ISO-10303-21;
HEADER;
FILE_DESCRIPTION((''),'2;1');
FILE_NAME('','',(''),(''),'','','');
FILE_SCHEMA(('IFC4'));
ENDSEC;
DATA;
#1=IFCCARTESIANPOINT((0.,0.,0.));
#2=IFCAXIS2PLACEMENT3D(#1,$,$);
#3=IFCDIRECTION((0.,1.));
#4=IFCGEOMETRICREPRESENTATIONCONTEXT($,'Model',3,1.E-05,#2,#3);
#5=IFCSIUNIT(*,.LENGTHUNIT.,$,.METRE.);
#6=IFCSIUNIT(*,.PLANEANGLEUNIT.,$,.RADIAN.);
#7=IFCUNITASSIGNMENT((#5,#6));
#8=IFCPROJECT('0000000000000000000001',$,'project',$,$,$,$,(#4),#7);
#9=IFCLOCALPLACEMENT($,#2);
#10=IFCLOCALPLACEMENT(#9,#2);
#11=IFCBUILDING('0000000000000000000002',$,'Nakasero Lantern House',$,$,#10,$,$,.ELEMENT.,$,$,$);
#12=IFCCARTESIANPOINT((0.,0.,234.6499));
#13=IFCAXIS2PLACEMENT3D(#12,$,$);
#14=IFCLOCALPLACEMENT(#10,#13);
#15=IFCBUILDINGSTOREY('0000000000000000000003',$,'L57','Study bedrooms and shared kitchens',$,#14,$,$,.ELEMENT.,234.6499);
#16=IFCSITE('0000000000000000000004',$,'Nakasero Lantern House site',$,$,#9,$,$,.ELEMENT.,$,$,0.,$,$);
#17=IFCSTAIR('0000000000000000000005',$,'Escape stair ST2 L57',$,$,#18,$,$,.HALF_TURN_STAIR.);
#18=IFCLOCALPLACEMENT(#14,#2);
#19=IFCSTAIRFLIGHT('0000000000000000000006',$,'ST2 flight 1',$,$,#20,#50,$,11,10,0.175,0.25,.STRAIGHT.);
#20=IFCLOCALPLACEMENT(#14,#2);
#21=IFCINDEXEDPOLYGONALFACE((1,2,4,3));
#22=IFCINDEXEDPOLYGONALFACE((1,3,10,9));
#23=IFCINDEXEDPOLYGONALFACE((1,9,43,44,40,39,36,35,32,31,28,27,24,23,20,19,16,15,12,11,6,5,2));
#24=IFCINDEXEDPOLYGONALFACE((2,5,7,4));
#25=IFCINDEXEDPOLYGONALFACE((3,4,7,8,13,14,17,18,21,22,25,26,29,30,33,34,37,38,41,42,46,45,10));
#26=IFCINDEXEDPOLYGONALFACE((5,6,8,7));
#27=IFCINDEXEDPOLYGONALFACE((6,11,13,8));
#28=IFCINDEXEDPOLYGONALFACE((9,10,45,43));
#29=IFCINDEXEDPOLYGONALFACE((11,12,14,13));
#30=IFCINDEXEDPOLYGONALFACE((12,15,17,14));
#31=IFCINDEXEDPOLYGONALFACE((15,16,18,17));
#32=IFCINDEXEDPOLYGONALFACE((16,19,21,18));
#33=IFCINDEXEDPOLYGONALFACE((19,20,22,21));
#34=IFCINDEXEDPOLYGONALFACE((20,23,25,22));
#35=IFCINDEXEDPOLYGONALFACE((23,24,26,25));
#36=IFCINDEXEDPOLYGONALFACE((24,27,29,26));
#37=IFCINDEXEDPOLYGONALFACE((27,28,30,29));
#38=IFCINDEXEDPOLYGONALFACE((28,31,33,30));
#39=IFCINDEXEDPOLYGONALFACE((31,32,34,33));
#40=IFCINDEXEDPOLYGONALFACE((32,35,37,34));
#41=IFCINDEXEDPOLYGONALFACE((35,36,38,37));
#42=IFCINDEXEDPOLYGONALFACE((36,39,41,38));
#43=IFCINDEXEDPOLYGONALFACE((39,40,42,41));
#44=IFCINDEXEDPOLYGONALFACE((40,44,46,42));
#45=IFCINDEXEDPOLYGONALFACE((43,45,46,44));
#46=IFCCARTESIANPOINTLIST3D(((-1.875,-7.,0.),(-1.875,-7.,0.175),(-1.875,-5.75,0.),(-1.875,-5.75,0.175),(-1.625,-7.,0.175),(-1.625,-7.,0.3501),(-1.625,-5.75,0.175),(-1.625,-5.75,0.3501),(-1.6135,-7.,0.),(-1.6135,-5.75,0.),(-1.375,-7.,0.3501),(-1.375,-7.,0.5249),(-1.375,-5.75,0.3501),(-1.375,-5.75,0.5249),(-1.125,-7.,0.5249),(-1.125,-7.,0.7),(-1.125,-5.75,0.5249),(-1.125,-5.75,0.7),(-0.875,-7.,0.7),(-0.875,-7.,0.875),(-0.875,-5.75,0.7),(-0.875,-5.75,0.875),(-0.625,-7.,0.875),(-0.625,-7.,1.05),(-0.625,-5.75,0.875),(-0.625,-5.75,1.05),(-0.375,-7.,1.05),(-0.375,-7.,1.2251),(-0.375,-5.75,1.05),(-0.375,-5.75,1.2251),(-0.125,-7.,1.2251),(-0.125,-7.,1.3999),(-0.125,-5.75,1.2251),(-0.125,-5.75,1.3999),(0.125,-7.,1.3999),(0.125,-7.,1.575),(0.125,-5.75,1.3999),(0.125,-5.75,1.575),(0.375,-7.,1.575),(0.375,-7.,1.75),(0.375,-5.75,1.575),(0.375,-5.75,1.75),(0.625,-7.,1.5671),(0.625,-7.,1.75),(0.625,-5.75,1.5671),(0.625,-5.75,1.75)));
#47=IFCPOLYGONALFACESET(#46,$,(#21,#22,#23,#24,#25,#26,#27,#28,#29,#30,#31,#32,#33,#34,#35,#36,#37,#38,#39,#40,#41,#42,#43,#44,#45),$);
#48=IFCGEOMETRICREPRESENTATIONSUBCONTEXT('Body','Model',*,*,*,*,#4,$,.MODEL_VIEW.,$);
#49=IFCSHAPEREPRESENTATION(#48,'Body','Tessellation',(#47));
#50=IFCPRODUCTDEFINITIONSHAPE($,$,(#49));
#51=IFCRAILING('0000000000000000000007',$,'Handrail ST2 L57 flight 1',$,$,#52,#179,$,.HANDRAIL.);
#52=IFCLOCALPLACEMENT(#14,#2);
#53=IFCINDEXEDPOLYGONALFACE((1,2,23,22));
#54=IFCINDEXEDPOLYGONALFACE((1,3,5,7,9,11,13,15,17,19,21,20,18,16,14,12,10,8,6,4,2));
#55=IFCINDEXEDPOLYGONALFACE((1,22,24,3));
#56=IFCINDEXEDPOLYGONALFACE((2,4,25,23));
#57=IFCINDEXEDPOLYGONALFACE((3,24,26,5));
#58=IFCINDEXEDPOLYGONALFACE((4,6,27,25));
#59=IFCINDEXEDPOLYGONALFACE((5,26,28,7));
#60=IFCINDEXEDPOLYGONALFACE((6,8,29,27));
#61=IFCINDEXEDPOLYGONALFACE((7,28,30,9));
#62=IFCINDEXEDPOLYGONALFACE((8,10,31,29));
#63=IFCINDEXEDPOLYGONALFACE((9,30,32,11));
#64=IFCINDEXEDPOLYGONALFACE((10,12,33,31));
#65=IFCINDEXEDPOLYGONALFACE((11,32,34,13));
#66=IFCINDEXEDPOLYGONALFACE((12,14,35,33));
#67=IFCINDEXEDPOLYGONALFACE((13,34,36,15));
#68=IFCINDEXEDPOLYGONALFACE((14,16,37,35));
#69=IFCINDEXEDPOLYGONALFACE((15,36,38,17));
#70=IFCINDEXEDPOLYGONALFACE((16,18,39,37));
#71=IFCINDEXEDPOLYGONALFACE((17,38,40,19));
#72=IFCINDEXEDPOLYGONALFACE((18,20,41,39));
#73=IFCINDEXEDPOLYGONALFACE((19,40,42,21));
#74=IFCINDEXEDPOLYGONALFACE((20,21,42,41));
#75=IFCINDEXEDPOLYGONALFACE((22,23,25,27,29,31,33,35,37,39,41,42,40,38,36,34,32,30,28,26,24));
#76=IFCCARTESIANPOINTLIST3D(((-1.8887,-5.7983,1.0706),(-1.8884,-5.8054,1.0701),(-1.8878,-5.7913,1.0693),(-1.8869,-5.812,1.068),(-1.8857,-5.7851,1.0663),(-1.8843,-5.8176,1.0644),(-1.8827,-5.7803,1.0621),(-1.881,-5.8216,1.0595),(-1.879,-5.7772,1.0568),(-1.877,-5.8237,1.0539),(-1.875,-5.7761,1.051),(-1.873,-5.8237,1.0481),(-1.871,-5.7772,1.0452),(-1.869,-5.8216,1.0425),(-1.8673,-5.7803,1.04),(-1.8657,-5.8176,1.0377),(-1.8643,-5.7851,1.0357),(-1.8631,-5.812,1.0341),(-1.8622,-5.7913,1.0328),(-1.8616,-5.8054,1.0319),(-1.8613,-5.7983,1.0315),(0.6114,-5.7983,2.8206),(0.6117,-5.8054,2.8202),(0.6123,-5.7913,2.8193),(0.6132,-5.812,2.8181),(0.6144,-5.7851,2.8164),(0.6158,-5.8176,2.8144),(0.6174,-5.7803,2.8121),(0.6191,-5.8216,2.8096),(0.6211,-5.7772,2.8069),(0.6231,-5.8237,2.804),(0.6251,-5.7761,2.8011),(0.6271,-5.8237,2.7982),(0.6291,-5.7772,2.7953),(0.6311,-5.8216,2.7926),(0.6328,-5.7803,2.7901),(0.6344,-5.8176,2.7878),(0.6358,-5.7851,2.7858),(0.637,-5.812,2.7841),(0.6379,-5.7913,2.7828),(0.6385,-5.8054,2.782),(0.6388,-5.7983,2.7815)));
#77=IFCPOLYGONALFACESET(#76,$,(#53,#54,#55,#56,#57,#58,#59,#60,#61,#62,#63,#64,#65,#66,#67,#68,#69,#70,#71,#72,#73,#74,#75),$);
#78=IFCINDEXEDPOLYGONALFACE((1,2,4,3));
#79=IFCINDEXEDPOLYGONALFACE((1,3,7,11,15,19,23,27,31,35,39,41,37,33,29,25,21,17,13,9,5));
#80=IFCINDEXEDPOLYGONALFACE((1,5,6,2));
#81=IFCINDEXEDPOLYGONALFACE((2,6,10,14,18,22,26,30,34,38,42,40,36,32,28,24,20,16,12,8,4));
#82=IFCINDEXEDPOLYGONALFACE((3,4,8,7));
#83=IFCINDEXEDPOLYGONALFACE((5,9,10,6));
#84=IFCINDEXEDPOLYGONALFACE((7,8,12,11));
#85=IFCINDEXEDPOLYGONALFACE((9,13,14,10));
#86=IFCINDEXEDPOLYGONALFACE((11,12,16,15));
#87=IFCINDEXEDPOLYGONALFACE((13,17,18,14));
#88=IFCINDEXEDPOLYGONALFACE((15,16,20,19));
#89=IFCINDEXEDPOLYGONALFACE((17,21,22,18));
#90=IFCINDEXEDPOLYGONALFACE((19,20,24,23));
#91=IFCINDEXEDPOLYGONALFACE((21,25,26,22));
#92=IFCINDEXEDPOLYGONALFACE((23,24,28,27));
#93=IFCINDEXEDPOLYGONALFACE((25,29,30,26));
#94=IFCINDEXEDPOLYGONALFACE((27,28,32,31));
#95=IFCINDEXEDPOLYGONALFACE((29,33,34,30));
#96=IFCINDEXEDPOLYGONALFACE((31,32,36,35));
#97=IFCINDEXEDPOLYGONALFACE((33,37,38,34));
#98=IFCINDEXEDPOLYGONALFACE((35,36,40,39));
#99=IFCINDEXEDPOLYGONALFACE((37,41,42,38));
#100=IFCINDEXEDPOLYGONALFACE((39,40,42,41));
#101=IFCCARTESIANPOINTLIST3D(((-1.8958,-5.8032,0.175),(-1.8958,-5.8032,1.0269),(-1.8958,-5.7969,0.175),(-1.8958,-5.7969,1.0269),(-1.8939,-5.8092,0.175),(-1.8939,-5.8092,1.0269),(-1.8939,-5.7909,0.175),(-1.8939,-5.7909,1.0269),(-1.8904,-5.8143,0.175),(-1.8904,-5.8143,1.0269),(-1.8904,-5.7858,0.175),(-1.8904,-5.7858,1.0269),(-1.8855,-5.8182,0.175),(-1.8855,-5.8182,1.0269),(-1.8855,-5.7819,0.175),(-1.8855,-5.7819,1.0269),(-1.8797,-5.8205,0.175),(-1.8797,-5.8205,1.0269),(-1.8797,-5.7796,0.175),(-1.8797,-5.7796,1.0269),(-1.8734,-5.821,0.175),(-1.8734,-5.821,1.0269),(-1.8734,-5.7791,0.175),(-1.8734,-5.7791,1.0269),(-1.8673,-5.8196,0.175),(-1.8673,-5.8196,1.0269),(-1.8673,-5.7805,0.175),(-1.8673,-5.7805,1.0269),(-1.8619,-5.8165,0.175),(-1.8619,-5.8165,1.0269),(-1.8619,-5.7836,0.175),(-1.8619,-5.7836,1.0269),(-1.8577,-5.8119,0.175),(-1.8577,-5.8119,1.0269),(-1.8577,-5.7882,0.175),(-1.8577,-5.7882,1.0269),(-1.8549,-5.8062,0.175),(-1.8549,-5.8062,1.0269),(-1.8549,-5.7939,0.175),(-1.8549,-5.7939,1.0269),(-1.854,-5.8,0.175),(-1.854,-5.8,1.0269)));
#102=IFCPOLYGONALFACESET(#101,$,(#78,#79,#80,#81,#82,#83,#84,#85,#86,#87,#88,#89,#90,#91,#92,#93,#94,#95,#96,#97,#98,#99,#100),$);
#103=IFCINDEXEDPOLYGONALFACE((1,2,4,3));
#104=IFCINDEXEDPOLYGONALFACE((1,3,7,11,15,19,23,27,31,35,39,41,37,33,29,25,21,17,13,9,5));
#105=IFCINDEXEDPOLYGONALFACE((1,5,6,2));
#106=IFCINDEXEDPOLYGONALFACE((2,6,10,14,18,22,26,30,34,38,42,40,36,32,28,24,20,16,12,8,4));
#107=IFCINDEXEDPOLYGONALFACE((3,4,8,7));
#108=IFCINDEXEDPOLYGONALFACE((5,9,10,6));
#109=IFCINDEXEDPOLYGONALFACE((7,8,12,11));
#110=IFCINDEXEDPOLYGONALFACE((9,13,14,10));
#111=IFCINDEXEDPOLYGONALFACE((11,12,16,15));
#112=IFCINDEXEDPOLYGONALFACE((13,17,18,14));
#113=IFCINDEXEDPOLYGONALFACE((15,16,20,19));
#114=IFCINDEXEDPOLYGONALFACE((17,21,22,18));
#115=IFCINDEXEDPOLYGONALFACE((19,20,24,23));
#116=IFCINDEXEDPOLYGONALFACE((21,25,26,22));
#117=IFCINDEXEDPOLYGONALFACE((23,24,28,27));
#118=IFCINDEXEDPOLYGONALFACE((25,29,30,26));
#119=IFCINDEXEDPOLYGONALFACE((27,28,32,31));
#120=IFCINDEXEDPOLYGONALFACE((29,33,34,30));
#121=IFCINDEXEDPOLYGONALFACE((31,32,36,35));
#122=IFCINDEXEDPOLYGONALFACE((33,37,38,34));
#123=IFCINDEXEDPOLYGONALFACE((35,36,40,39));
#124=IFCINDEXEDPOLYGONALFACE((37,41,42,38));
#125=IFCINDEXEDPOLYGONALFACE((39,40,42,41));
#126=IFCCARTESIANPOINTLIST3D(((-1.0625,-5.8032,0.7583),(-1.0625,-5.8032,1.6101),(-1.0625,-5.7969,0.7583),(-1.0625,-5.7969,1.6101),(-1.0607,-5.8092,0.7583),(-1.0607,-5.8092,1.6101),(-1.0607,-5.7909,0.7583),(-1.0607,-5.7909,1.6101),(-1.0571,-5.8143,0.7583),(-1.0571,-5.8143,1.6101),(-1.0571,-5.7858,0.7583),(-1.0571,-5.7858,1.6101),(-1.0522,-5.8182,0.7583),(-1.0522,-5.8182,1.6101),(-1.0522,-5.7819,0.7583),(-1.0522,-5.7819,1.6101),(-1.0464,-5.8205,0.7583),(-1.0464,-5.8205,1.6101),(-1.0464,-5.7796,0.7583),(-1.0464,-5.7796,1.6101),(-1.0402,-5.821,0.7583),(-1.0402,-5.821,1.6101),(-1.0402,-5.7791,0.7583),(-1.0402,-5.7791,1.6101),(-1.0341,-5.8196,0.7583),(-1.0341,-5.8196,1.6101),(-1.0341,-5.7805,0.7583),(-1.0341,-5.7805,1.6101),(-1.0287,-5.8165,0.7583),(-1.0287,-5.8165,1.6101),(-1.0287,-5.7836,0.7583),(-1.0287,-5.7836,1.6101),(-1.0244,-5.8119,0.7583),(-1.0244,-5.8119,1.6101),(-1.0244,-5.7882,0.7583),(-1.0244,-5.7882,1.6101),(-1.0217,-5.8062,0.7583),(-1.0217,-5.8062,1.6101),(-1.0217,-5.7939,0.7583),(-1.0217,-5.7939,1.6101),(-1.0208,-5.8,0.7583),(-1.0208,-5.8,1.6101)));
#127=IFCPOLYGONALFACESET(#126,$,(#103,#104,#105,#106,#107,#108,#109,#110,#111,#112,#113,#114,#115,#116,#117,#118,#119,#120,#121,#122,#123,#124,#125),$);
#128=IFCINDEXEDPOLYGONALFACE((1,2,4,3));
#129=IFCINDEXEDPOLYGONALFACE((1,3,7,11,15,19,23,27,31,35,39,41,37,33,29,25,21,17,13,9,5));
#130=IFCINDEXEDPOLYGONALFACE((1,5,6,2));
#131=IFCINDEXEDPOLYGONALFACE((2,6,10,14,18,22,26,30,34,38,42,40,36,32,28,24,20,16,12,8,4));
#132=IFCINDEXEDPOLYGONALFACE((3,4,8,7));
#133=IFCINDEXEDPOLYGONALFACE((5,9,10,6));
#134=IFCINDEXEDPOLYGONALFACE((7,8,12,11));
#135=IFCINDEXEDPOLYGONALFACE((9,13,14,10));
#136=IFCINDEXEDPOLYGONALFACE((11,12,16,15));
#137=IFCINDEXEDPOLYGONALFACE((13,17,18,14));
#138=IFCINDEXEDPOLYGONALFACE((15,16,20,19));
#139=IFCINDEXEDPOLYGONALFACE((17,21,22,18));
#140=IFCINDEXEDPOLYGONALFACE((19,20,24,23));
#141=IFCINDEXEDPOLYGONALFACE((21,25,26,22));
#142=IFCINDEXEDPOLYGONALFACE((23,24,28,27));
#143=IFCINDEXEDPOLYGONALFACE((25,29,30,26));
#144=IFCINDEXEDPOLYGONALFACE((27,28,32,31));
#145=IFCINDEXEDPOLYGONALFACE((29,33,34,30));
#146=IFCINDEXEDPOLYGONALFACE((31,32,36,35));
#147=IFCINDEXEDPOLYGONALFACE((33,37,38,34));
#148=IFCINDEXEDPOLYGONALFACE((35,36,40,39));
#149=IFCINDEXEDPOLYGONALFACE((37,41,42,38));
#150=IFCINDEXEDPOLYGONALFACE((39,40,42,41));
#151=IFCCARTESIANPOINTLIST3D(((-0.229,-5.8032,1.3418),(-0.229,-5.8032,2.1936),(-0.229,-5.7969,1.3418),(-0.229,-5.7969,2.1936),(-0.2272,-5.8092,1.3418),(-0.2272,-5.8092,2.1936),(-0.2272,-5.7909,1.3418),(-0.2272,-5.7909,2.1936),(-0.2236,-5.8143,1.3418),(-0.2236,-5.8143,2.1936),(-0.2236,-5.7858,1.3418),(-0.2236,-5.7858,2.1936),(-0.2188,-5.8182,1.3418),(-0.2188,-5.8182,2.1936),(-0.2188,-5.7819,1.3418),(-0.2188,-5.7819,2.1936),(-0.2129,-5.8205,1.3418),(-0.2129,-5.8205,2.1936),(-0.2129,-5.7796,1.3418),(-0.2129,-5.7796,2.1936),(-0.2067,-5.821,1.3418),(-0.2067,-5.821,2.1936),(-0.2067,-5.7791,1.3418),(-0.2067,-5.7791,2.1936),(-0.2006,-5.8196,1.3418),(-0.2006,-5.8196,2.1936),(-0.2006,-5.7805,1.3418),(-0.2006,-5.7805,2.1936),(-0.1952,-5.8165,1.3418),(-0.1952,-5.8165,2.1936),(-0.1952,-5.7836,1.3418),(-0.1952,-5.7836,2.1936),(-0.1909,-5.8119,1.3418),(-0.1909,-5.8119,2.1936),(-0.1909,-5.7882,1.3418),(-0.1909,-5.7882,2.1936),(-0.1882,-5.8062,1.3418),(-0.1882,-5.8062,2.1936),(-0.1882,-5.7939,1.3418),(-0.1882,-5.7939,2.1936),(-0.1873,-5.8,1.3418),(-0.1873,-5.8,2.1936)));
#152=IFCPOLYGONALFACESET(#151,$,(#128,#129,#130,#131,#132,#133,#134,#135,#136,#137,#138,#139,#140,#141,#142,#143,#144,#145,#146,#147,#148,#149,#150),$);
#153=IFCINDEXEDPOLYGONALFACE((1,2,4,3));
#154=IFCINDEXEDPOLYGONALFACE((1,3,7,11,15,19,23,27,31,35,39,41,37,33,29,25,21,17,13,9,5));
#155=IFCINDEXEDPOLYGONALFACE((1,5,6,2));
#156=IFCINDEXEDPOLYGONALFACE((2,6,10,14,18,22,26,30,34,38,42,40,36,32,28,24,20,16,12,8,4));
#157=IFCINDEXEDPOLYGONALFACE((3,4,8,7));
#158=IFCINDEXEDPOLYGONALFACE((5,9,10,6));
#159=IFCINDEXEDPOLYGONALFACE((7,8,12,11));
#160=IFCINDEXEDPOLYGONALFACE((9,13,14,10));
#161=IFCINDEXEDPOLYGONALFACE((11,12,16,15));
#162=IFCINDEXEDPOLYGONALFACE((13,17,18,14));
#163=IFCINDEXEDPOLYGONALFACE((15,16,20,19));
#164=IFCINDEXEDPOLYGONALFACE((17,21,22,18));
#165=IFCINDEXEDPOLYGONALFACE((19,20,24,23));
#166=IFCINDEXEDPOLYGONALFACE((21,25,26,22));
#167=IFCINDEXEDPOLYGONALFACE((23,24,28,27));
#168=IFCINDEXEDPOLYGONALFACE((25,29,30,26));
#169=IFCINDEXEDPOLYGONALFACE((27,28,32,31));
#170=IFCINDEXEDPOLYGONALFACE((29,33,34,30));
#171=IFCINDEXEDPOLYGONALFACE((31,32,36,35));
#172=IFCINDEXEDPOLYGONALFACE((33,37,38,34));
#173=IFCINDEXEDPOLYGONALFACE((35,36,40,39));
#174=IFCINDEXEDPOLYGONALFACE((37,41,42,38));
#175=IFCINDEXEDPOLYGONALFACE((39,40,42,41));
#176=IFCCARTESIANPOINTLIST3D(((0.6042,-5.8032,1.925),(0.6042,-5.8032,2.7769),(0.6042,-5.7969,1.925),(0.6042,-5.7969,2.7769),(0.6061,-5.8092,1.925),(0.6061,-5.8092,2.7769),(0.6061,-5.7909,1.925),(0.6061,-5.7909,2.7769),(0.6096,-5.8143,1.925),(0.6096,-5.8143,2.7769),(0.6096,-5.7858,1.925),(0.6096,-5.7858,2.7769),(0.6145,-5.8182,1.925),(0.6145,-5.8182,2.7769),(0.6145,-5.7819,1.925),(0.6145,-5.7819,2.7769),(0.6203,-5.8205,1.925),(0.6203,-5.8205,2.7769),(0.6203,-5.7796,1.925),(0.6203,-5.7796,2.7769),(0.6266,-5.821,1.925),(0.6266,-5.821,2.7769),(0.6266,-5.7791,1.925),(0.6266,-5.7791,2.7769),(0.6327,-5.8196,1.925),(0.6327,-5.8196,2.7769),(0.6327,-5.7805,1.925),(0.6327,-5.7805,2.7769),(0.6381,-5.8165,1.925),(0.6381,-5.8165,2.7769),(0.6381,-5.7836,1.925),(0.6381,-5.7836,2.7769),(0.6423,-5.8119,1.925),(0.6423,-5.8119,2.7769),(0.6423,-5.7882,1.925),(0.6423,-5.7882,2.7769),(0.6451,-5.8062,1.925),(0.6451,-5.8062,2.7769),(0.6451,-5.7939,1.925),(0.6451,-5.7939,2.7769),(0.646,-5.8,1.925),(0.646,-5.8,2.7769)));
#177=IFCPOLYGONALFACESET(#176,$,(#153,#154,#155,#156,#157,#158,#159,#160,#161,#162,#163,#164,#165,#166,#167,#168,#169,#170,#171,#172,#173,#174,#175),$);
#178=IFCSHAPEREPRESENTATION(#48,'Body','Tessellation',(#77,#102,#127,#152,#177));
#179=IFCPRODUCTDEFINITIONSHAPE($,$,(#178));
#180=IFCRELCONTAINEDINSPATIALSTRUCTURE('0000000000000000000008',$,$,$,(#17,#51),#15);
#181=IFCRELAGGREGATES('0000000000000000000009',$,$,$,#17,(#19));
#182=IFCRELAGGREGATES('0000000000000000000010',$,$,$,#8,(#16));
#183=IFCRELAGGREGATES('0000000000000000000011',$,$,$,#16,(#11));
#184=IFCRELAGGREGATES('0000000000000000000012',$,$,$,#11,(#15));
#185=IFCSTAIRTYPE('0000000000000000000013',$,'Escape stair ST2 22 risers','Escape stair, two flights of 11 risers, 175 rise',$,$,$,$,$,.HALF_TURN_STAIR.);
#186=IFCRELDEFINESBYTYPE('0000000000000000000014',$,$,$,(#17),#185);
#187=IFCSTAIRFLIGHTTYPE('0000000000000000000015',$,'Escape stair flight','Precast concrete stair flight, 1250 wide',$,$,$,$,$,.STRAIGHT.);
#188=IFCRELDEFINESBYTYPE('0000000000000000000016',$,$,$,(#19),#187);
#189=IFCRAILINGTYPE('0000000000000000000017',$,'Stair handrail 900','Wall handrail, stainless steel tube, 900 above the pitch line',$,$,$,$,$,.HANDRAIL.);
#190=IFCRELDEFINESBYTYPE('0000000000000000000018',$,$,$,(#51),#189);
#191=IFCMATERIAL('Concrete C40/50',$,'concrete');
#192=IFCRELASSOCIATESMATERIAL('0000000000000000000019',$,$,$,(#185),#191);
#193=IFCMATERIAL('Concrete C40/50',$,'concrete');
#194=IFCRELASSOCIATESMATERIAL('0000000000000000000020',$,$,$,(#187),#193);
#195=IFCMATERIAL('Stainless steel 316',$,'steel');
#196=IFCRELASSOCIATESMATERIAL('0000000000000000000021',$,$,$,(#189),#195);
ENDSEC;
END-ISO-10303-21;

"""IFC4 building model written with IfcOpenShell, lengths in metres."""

from ifc_helpers import new_model, si_unit, direction, frame, origin, origin_2d, place, context, subcontext, project, spatial, polyline, circle, outline, extrude, material, type_object, element, aggregate, save


model = new_model("IFC4")

# Units and contexts
model_context = context("Model", 3, precision=1e-05, world=origin(), true_north=direction((0.0, 1.0)))
body_context = subcontext(model_context, "Body", "Model", "MODEL_VIEW")
ifc_project = project(units=[si_unit("LENGTHUNIT", "METRE"), si_unit("PLANEANGLEUNIT", "RADIAN")], contexts=[model_context])

# Site, building, storey
site_placement = place(None, origin())
site = spatial("IfcSite", under=ifc_project, at=site_placement, Name="Nakasero Lantern House site", CompositionType="ELEMENT", RefElevation=0.0)
building_placement = place(site_placement, origin())
building = spatial("IfcBuilding", under=site, at=building_placement, Name="Nakasero Lantern House", CompositionType="ELEMENT")
storey_placement = place(building_placement, frame((0.0, 0.0, 234.6499)))
storey = spatial("IfcBuildingStorey", under=building, at=storey_placement, Name="L57", Description="Study bedrooms and shared kitchens", CompositionType="ELEMENT", Elevation=234.6499)

# Stair, stair flight
ifc_material_1 = material(Name="Concrete C40/50", Category="concrete")
stair_type = type_object("IfcStairType", Name="Escape stair ST2 22 risers", Description="Escape stair, two flights of 11 risers, 175 rise", PredefinedType="HALF_TURN_STAIR", material=ifc_material_1)
stair_placement = place(storey_placement, origin())
stair = element("IfcStair", 1, at=stair_placement, inside=storey, type_object=stair_type, Name="Escape stair ST2 L57", PredefinedType="HALF_TURN_STAIR")
ifc_material_2 = material(Name="Concrete C40/50", Category="concrete")
stair_flight_type = type_object("IfcStairFlightType", Name="Escape stair flight", Description="Precast concrete stair flight, 1250 wide", PredefinedType="STRAIGHT", material=ifc_material_2)
stair_flight_placement = place(storey_placement, frame((-1.875, -6.375, 0.0), z_axis=(0.0, 0.0, 1.0), x_axis=(1.0, 0.0, 0.0)))
stair_flight = element("IfcStairFlight", 2, at=stair_flight_placement, type_object=stair_flight_type, Name="ST2 flight 1", NumberOfRisers=11, NumberOfTreads=10, PredefinedType="STRAIGHT", RiserHeight=0.175, TreadLength=0.25, context=body_context, shape_type="SweptSolid", body=[
    extrude(outline(polyline([(0.0, 0.0), (0.0, 0.175), (0.25, 0.175), (0.25, 0.3501), (0.5, 0.3501), (0.5, 0.5249), (0.75, 0.5249), (0.75, 0.7), (1.0, 0.7), (1.0, 0.875), (1.25, 0.875), (1.25, 1.05), (1.5, 1.05), (1.5, 1.2251), (1.75, 1.2251), (1.75, 1.3999), (2.0, 1.3999), (2.0, 1.575), (2.25, 1.575), (2.25, 1.75), (2.5, 1.75), (2.5, 1.925), (2.5, 1.5671), (0.2615, 0.0), (0.0, 0.0)])), frame((0.0, 0.625, 0.0), z_axis=(0.0, -1.0, 0.0), x_axis=(1.0, 0.0, 0.0)), (0.0, 0.0, 1.0), 1.25),
])
aggregate(stair, [stair_flight])

# Railing
ifc_material_3 = material(Name="Stainless steel 316", Category="steel")
railing_type = type_object("IfcRailingType", Name="Stair handrail 900", Description="Wall handrail, stainless steel tube, 900 above the pitch line", PredefinedType="HANDRAIL", material=ifc_material_3)
railing_placement = place(storey_placement, frame((-1.875, -5.8, 0.175)))
element("IfcRailing", 3, at=railing_placement, inside=storey, type_object=railing_type, Name="Handrail ST2 L57 flight 1", PredefinedType="HANDRAIL", context=body_context, shape_type="SweptSolid", body=[
    extrude(circle(Radius=0.0239, at=origin_2d()), frame((0.0, 0.0, 0.876), z_axis=(0.819232, 0.0, 0.573462), x_axis=(0.0, 1.0, 0.0)), (0.0, 0.0, 1.0), 3.0518),
    extrude(circle(Radius=0.021, at=origin_2d()), origin(), (0.0, 0.0, 1.0), 0.8518),
    extrude(circle(Radius=0.021, at=origin_2d()), frame((0.8333, 0.0, 0.5833)), (0.0, 0.0, 1.0), 0.8518),
    extrude(circle(Radius=0.021, at=origin_2d()), frame((1.6667, 0.0, 1.1667)), (0.0, 0.0, 1.0), 0.8518),
    extrude(circle(Radius=0.021, at=origin_2d()), frame((2.5, 0.0, 1.75)), (0.0, 0.0, 1.0), 0.8518),
])

save(model, "model.ifc")
